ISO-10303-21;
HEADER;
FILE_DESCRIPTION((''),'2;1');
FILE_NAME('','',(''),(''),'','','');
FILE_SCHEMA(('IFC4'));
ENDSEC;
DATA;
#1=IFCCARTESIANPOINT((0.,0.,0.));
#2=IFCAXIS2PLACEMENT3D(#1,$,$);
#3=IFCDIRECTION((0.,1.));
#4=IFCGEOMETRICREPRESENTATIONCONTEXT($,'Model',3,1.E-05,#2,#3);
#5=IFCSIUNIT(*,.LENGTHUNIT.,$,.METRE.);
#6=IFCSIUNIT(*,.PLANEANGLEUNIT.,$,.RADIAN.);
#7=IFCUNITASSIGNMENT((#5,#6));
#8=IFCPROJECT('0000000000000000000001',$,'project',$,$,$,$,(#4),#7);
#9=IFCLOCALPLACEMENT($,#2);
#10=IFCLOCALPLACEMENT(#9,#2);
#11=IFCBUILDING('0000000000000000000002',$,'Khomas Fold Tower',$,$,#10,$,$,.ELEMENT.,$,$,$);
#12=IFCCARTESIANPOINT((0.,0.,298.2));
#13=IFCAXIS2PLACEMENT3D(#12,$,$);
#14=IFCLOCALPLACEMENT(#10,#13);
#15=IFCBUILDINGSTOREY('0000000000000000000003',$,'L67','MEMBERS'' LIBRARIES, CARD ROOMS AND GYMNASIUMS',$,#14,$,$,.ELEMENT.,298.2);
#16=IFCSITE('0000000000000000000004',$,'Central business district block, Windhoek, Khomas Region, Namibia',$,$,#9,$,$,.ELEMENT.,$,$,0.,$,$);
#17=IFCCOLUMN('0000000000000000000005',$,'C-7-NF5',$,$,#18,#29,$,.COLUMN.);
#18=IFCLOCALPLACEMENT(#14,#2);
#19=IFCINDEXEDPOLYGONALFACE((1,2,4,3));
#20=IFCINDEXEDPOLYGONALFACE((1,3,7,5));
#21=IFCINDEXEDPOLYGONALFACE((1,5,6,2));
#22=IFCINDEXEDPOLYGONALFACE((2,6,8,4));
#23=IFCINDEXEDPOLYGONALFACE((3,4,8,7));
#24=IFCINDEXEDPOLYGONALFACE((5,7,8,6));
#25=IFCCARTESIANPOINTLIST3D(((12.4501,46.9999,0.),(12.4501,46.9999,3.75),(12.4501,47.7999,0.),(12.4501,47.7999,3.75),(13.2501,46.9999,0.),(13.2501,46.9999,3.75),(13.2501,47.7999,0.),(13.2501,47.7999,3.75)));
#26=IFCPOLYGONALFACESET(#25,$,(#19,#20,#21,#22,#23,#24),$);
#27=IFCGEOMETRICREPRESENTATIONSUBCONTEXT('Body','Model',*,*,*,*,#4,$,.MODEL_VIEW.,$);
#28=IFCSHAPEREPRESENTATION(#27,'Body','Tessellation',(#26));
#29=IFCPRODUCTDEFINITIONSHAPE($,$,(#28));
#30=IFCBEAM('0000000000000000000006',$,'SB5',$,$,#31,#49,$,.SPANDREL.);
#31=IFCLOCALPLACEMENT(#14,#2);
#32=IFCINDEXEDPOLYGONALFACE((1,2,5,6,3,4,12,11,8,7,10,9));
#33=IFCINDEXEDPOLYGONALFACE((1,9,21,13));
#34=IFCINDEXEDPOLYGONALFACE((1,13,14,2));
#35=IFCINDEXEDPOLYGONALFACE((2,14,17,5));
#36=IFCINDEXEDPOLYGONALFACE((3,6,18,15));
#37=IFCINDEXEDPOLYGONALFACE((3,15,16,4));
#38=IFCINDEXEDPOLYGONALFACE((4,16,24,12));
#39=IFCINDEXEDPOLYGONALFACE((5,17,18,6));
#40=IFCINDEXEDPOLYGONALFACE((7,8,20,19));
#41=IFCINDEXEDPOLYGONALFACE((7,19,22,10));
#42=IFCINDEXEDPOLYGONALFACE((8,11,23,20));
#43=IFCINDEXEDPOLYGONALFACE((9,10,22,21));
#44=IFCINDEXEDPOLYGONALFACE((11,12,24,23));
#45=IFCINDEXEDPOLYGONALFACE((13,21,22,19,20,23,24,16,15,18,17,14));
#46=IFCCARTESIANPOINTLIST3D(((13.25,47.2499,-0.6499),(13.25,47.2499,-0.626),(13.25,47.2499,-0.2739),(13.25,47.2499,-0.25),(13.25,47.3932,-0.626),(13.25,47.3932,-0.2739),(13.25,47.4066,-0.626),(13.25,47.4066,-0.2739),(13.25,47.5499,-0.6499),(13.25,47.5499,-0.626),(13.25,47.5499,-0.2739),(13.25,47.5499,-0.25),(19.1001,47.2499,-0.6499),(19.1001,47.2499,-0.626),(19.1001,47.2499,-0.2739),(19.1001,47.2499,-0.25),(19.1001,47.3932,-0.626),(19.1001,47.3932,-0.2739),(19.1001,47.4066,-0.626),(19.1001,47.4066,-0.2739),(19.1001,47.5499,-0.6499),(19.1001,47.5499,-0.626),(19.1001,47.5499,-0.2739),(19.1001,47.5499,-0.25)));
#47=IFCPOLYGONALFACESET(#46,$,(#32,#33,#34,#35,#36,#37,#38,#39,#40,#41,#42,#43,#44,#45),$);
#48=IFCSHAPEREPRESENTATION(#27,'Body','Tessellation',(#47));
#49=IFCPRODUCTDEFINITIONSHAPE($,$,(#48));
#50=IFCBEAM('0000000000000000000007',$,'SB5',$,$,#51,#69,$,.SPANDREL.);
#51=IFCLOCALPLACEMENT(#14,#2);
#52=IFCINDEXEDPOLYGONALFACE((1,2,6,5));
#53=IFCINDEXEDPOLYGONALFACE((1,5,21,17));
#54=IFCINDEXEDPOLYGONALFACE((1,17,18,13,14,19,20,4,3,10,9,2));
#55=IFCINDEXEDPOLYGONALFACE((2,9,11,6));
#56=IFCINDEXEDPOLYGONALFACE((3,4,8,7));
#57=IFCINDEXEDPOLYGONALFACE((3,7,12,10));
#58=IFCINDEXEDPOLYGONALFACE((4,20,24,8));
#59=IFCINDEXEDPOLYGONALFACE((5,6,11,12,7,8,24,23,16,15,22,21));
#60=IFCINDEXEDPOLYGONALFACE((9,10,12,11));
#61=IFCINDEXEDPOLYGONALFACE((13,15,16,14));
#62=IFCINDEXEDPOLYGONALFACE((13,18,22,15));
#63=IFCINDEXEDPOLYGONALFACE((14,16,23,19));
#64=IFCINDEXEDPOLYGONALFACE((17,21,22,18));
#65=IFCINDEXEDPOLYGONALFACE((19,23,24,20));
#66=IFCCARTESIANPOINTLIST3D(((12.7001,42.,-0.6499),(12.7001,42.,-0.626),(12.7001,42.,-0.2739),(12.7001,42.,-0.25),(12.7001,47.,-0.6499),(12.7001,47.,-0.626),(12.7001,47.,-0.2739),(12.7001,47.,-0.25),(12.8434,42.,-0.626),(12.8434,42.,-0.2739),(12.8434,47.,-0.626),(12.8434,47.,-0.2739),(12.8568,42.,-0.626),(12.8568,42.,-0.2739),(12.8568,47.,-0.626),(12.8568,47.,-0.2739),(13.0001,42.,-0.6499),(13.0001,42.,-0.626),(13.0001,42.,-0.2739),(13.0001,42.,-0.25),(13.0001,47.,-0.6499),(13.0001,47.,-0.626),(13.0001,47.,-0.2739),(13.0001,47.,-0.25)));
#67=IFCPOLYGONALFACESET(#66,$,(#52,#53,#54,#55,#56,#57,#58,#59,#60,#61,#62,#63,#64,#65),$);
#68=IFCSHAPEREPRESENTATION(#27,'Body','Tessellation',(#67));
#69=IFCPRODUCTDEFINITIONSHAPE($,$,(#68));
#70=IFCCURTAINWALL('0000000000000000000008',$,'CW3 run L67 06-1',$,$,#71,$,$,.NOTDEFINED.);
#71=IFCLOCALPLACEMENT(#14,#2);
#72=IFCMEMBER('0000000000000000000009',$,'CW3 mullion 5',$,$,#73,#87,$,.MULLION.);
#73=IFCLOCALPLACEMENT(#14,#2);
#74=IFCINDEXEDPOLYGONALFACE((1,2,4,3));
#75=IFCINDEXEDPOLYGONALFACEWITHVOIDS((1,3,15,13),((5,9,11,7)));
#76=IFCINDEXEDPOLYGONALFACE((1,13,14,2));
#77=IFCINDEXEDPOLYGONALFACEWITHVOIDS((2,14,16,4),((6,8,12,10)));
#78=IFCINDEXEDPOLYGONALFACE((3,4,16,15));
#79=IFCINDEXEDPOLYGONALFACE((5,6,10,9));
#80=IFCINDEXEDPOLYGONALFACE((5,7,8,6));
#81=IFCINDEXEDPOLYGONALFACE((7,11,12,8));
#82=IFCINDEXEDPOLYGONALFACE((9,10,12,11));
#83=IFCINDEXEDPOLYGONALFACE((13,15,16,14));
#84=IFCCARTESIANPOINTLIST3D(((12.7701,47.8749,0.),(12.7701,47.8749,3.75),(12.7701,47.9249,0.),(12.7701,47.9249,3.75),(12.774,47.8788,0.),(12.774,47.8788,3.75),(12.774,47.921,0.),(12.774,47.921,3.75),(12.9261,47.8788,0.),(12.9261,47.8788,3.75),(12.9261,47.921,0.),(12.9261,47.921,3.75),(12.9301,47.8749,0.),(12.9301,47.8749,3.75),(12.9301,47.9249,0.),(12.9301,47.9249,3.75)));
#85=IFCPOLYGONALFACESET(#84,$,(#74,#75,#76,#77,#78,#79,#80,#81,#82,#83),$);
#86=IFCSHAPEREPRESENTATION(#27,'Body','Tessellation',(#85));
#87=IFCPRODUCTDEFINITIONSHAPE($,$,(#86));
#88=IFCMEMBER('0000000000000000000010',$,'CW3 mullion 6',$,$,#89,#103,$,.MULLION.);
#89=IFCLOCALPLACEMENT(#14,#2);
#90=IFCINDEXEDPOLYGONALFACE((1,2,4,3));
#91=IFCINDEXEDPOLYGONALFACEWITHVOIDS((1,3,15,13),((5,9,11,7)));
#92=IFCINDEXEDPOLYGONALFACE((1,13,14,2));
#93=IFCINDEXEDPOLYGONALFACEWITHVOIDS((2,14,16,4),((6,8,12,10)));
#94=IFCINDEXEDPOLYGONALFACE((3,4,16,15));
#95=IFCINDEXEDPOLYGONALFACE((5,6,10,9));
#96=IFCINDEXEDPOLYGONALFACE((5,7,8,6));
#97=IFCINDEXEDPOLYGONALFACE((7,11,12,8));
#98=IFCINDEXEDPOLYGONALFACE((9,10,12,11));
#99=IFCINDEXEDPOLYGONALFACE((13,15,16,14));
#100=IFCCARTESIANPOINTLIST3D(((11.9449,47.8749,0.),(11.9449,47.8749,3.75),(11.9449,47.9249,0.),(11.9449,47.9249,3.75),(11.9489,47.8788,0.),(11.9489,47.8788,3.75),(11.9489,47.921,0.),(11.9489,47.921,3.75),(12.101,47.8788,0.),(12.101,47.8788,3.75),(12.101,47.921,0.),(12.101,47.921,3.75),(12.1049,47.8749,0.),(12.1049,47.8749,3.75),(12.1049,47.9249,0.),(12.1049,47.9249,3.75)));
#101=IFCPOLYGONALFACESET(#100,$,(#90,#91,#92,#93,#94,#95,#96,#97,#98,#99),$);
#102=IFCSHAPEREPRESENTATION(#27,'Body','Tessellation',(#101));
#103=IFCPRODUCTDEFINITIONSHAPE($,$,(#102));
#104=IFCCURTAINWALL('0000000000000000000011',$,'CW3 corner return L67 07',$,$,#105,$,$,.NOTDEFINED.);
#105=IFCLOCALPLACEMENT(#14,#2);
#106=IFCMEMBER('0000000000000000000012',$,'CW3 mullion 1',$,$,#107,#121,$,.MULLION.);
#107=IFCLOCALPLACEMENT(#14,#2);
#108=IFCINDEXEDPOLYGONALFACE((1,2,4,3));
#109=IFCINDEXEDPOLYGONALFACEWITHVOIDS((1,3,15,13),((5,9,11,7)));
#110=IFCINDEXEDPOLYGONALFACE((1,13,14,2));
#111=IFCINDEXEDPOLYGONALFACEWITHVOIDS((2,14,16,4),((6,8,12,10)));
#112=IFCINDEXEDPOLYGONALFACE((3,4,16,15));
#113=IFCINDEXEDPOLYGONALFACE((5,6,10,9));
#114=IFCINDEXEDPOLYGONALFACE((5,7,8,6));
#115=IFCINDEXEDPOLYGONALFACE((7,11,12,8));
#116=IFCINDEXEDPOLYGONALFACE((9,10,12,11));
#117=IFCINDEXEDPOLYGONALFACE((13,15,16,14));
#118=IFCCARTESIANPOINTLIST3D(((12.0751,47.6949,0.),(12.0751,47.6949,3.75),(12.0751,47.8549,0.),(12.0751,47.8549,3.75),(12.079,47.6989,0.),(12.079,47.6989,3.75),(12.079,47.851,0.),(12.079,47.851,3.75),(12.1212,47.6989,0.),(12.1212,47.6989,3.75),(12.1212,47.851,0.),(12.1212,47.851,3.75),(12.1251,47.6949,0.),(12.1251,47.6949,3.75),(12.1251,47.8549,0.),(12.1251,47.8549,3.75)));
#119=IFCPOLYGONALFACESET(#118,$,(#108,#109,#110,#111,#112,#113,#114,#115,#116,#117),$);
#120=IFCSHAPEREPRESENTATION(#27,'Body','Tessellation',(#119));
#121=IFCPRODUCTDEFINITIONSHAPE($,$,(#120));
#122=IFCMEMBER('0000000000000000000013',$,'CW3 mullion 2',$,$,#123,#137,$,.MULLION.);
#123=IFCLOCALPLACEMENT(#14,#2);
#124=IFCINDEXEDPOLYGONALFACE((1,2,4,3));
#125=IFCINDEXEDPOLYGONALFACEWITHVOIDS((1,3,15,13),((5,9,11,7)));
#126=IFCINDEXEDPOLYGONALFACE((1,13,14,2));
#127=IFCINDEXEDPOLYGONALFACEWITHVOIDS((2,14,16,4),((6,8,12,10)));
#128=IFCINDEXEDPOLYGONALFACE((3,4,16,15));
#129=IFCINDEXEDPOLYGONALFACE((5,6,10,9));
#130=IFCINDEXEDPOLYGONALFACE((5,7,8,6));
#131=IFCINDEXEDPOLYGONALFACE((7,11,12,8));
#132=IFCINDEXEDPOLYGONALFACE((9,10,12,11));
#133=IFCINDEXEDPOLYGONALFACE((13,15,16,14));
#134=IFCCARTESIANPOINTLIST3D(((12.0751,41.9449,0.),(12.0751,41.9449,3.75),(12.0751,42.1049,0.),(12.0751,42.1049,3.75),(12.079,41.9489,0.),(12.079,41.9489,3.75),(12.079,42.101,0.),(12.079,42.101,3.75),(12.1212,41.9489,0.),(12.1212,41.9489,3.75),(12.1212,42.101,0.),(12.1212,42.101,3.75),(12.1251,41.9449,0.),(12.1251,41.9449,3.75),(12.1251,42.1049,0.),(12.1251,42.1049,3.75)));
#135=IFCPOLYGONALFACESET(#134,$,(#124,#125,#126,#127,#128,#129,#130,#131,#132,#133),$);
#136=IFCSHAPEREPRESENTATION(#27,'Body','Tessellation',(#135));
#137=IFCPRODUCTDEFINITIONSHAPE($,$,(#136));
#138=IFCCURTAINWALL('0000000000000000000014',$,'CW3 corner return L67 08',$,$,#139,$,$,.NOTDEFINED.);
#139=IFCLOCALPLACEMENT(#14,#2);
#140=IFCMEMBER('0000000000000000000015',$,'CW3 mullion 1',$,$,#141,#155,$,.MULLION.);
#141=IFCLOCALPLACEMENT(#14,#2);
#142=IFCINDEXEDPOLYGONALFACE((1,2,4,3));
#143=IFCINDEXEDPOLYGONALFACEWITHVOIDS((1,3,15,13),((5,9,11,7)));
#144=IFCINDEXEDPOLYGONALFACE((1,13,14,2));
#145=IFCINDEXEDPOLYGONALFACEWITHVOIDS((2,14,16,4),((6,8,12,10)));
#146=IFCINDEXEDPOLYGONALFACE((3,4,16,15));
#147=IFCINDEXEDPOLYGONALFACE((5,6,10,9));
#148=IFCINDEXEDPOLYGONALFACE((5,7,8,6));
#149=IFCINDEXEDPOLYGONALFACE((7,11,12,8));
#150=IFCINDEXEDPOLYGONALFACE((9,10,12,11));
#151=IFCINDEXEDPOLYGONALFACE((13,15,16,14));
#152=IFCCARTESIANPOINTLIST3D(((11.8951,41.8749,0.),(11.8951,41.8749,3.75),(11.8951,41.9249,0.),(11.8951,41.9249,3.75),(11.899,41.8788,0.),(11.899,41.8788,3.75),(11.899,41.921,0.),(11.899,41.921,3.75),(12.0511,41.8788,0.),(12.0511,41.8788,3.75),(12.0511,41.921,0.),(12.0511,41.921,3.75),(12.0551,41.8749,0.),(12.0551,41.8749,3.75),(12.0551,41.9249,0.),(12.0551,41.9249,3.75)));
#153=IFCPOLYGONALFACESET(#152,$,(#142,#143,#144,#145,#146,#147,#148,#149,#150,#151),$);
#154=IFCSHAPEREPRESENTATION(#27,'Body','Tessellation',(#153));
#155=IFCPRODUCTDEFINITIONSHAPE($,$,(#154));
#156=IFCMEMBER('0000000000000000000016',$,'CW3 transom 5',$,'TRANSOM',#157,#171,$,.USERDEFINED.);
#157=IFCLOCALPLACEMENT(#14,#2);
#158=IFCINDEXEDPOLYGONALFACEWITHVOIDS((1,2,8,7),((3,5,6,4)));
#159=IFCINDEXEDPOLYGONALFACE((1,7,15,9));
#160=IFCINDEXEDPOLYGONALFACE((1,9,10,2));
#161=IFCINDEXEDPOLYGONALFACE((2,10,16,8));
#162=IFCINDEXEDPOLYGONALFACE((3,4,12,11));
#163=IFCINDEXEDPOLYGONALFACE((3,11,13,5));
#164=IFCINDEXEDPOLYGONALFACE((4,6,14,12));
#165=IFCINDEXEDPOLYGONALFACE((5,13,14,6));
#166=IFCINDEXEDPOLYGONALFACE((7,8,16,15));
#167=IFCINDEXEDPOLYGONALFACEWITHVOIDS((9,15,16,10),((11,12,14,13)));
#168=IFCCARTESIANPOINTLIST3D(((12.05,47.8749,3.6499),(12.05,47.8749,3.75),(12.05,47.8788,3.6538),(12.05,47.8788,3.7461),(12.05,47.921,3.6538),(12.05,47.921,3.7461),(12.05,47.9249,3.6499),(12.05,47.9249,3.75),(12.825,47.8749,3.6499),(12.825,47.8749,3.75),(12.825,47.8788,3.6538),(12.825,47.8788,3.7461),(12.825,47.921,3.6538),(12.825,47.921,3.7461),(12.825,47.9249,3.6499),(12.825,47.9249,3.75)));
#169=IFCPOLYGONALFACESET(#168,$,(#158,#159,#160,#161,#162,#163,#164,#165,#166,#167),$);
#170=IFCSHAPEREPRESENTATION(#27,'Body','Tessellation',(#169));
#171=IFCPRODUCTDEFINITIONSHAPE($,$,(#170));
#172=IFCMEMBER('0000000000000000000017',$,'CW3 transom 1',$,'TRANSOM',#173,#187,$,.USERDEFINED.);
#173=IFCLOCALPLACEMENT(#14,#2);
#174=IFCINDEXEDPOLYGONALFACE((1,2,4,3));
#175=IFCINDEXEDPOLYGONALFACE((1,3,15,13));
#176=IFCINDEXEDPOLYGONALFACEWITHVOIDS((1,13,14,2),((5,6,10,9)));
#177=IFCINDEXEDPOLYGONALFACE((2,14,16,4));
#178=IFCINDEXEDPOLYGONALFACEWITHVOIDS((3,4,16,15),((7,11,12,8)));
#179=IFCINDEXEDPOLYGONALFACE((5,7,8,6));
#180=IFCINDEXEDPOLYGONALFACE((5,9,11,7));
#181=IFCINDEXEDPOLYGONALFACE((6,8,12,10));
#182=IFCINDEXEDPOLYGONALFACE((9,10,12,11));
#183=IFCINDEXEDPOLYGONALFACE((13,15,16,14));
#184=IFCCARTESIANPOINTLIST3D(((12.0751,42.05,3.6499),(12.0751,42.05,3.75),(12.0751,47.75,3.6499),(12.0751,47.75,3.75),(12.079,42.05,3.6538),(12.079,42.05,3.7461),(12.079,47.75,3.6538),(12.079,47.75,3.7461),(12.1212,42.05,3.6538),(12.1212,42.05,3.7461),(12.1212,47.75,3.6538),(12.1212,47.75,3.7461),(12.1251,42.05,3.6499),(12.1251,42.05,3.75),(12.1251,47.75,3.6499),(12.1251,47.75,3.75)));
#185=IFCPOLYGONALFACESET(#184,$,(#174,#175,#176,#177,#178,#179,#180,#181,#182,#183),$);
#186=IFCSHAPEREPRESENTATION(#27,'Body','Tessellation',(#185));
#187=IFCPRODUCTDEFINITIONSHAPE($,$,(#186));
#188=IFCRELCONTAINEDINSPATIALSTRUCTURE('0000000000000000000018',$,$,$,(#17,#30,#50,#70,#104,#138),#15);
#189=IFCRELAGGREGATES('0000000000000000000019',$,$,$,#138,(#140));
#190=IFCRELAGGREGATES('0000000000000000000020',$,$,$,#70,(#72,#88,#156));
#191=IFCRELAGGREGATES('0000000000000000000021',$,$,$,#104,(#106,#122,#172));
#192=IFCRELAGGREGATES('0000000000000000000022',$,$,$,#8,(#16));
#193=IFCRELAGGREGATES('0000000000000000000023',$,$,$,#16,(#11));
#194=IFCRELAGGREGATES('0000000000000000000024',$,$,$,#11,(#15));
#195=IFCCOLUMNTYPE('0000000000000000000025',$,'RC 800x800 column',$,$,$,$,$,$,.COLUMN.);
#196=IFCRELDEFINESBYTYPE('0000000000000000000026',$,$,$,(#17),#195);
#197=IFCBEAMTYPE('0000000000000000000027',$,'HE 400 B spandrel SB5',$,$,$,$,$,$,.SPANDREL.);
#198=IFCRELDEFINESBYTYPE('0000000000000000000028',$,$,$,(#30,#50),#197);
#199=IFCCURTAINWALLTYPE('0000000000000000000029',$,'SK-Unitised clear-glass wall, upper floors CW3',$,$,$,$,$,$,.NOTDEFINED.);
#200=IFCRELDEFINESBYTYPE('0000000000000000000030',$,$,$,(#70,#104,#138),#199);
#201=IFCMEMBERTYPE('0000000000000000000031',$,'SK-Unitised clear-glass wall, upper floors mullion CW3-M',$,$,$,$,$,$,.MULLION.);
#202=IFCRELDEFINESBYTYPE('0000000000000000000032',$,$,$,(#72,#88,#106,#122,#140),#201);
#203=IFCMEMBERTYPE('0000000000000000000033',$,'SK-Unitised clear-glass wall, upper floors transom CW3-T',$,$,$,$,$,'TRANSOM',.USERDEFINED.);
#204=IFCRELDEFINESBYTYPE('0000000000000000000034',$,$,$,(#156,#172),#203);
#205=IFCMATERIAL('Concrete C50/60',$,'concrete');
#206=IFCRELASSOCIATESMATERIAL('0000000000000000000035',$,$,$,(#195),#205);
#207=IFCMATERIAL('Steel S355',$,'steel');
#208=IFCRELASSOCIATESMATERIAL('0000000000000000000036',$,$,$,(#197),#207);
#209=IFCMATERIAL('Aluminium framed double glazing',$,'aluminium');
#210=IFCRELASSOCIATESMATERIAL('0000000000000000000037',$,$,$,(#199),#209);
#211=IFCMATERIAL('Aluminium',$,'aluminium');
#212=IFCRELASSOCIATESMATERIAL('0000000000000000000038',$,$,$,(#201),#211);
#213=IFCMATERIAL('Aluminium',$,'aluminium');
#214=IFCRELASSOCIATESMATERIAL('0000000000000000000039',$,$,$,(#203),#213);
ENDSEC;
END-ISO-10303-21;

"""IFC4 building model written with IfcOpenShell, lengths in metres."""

from ifc_helpers import new_model, si_unit, direction, frame, origin, origin_2d, place, context, subcontext, project, spatial, rectangle, hollow_rectangle, i_section, extrude, source, transform, mapped, material, material_profile, profile_set, type_object, element, aggregate, save


model = new_model("IFC4")

# Units and contexts
model_context = context("Model", 3, precision=1e-05, world=origin(), true_north=direction((0.0, 1.0)))
body_context = subcontext(model_context, "Body", "Model", "MODEL_VIEW")
ifc_project = project(units=[si_unit("LENGTHUNIT", "METRE"), si_unit("PLANEANGLEUNIT", "RADIAN")], contexts=[model_context])

# Site, building, storey
site_placement = place(None, origin())
site = spatial("IfcSite", under=ifc_project, at=site_placement, Name="Central business district block, Windhoek, Khomas Region, Namibia", CompositionType="ELEMENT", RefElevation=0.0)
building_placement = place(site_placement, origin())
building = spatial("IfcBuilding", under=site, at=building_placement, Name="Khomas Fold Tower", CompositionType="ELEMENT")
storey_placement = place(building_placement, frame((0.0, 0.0, 298.2)))
storey = spatial("IfcBuildingStorey", under=building, at=storey_placement, Name="L67", Description="MEMBERS' LIBRARIES, CARD ROOMS AND GYMNASIUMS", CompositionType="ELEMENT", Elevation=298.2)

# Column
ifc_material_1 = material(Name="Concrete C50/60", Category="concrete")
ifc_material_profile_1 = material_profile(ifc_material_1, rectangle(XDim=0.8, YDim=0.8, at=origin_2d()), Name="RC 800x800")
ifc_profile_set_1 = profile_set([ifc_material_profile_1], Name="Concrete C50/60")
column_type = type_object("IfcColumnType", Name="RC 800x800 column", PredefinedType="COLUMN", material=ifc_profile_set_1)
shared_shape_1 = source(origin(), body_context, "Body", "SweptSolid", [
    extrude(rectangle(XDim=0.8, YDim=0.8, at=origin_2d()), origin(), (0.0, 0.0, 1.0), 3.75),
])
column_placement = place(storey_placement, frame((12.8501, 47.3999, 0.0), z_axis=(0.0, 0.0, 1.0), x_axis=(1.0, 0.0, 0.0)))
element("IfcColumn", 1, at=column_placement, inside=storey, type_object=column_type, Name="C-7-NF5", PredefinedType="COLUMN", context=body_context, shape_type="MappedRepresentation", body=[
    mapped(shared_shape_1, transform((0.0, 0.0, 0.0))),
])

# Beams
ifc_material_2 = material(Name="Steel S355", Category="steel")
ifc_material_profile_2 = material_profile(ifc_material_2, i_section(OverallWidth=0.3, OverallDepth=0.3999, WebThickness=0.0134, FlangeThickness=0.0239, at=origin_2d()), Name="HE 400 B")
ifc_profile_set_2 = profile_set([ifc_material_profile_2], Name="Steel S355")
beam_type = type_object("IfcBeamType", Name="HE 400 B spandrel SB5", PredefinedType="SPANDREL", material=ifc_profile_set_2)
shared_shape_2 = source(origin(), body_context, "Body", "SweptSolid", [
    extrude(i_section(OverallWidth=0.3, OverallDepth=0.3999, WebThickness=0.0134, FlangeThickness=0.0239, at=origin_2d()), origin(), (0.0, 0.0, 1.0), 5.8501),
])
beam_1_placement = place(storey_placement, frame((13.25, 47.3999, -0.45), z_axis=(1.0, 0.0, 0.0), x_axis=(0.0, 1.0, 0.0)))
element("IfcBeam", 2, at=beam_1_placement, inside=storey, type_object=beam_type, Name="SB5", PredefinedType="SPANDREL", context=body_context, shape_type="MappedRepresentation", body=[
    mapped(shared_shape_2, transform((0.0, 0.0, 0.0))),
])
shared_shape_3 = source(origin(), body_context, "Body", "SweptSolid", [
    extrude(i_section(OverallWidth=0.3, OverallDepth=0.3999, WebThickness=0.0134, FlangeThickness=0.0239, at=origin_2d()), origin(), (0.0, 0.0, 1.0), 5.0),
])
beam_2_placement = place(storey_placement, frame((12.8501, 42.0, -0.45), z_axis=(0.0, 1.0, 0.0), x_axis=(-1.0, 0.0, 0.0)))
element("IfcBeam", 3, at=beam_2_placement, inside=storey, type_object=beam_type, Name="SB5", PredefinedType="SPANDREL", context=body_context, shape_type="MappedRepresentation", body=[
    mapped(shared_shape_3, transform((0.0, 0.0, 0.0))),
])

# Curtain walls, members
ifc_material_3 = material(Name="Aluminium framed double glazing", Category="aluminium")
curtain_wall_type = type_object("IfcCurtainWallType", Name="SK-Unitised clear-glass wall, upper floors CW3", PredefinedType="NOTDEFINED", material=ifc_material_3)
curtain_wall_1_placement = place(storey_placement, origin())
curtain_wall_1 = element("IfcCurtainWall", 4, at=curtain_wall_1_placement, inside=storey, type_object=curtain_wall_type, Name="CW3 run L67 06-1", PredefinedType="NOTDEFINED")
ifc_material_4 = material(Name="Aluminium", Category="aluminium")
ifc_material_profile_3 = material_profile(ifc_material_4, hollow_rectangle(XDim=0.05, YDim=0.1599, WallThickness=0.0039, at=origin_2d()), Name="SK-Unitised clear-glass wall, upper floors mullion CW3-M")
ifc_profile_set_3 = profile_set([ifc_material_profile_3], Name="Aluminium")
member_type_1 = type_object("IfcMemberType", Name="SK-Unitised clear-glass wall, upper floors mullion CW3-M", PredefinedType="MULLION", material=ifc_profile_set_3)
shared_shape_4 = source(origin(), body_context, "Body", "SweptSolid", [
    extrude(hollow_rectangle(XDim=0.05, YDim=0.1599, WallThickness=0.0039, at=origin_2d()), origin(), (0.0, 0.0, 1.0), 3.75),
])
member_1_placement = place(storey_placement, frame((12.8501, 47.8999, 0.0), z_axis=(0.0, 0.0, 1.0), x_axis=(0.0, -1.0, 0.0)))
member_1 = element("IfcMember", 5, at=member_1_placement, type_object=member_type_1, Name="CW3 mullion 5", PredefinedType="MULLION", context=body_context, shape_type="MappedRepresentation", body=[
    mapped(shared_shape_4, transform((0.0, 0.0, 0.0))),
])
member_2_placement = place(storey_placement, frame((12.0249, 47.8999, 0.0), z_axis=(0.0, 0.0, 1.0), x_axis=(0.0, -1.0, 0.0)))
member_2 = element("IfcMember", 6, at=member_2_placement, type_object=member_type_1, Name="CW3 mullion 6", PredefinedType="MULLION", context=body_context, shape_type="MappedRepresentation", body=[
    mapped(shared_shape_4, transform((0.0, 0.0, 0.0))),
])
curtain_wall_2_placement = place(storey_placement, origin())
curtain_wall_2 = element("IfcCurtainWall", 7, at=curtain_wall_2_placement, inside=storey, type_object=curtain_wall_type, Name="CW3 corner return L67 07", PredefinedType="NOTDEFINED")
member_3_placement = place(storey_placement, frame((12.1001, 47.7749, 0.0), z_axis=(0.0, 0.0, 1.0), x_axis=(1.0, 0.0, 0.0)))
member_3 = element("IfcMember", 8, at=member_3_placement, type_object=member_type_1, Name="CW3 mullion 1", PredefinedType="MULLION", context=body_context, shape_type="MappedRepresentation", body=[
    mapped(shared_shape_4, transform((0.0, 0.0, 0.0))),
])
member_4_placement = place(storey_placement, frame((12.1001, 42.0249, 0.0), z_axis=(0.0, 0.0, 1.0), x_axis=(1.0, 0.0, 0.0)))
member_4 = element("IfcMember", 9, at=member_4_placement, type_object=member_type_1, Name="CW3 mullion 2", PredefinedType="MULLION", context=body_context, shape_type="MappedRepresentation", body=[
    mapped(shared_shape_4, transform((0.0, 0.0, 0.0))),
])

# Curtain wall, member
curtain_wall_3_placement = place(storey_placement, origin())
curtain_wall_3 = element("IfcCurtainWall", 10, at=curtain_wall_3_placement, inside=storey, type_object=curtain_wall_type, Name="CW3 corner return L67 08", PredefinedType="NOTDEFINED")
member_5_placement = place(storey_placement, frame((11.9751, 41.8999, 0.0), z_axis=(0.0, 0.0, 1.0), x_axis=(0.0, -1.0, 0.0)))
member_5 = element("IfcMember", 11, at=member_5_placement, type_object=member_type_1, Name="CW3 mullion 1", PredefinedType="MULLION", context=body_context, shape_type="MappedRepresentation", body=[
    mapped(shared_shape_4, transform((0.0, 0.0, 0.0))),
])

# Members
ifc_material_5 = material(Name="Aluminium", Category="aluminium")
ifc_material_profile_4 = material_profile(ifc_material_5, hollow_rectangle(XDim=0.05, YDim=0.1001, WallThickness=0.0039, at=origin_2d()), Name="SK-Unitised clear-glass wall, upper floors transom CW3-T")
ifc_profile_set_4 = profile_set([ifc_material_profile_4], Name="Aluminium")
member_type_2 = type_object("IfcMemberType", Name="SK-Unitised clear-glass wall, upper floors transom CW3-T", ElementType="TRANSOM", PredefinedType="USERDEFINED", material=ifc_profile_set_4)
shared_shape_5 = source(origin(), body_context, "Body", "SweptSolid", [
    extrude(hollow_rectangle(XDim=0.05, YDim=0.1001, WallThickness=0.0039, at=origin_2d()), origin(), (0.0, 0.0, 1.0), 0.7749),
])
member_6_placement = place(storey_placement, frame((12.825, 47.8999, 3.7), z_axis=(-1.0, 0.0, 0.0), x_axis=(0.0, -1.0, 0.0)))
member_6 = element("IfcMember", 12, at=member_6_placement, type_object=member_type_2, Name="CW3 transom 5", ObjectType="TRANSOM", PredefinedType="USERDEFINED", context=body_context, shape_type="MappedRepresentation", body=[
    mapped(shared_shape_5, transform((0.0, 0.0, 0.0))),
])
shared_shape_6 = source(origin(), body_context, "Body", "SweptSolid", [
    extrude(hollow_rectangle(XDim=0.05, YDim=0.1001, WallThickness=0.0039, at=origin_2d()), origin(), (0.0, 0.0, 1.0), 5.7),
])
member_7_placement = place(storey_placement, frame((12.1001, 47.75, 3.7), z_axis=(0.0, -1.0, 0.0), x_axis=(1.0, 0.0, 0.0)))
member_7 = element("IfcMember", 13, at=member_7_placement, type_object=member_type_2, Name="CW3 transom 1", ObjectType="TRANSOM", PredefinedType="USERDEFINED", context=body_context, shape_type="MappedRepresentation", body=[
    mapped(shared_shape_6, transform((0.0, 0.0, 0.0))),
])
aggregate(curtain_wall_3, [member_5])

aggregate(curtain_wall_1, [member_1, member_2, member_6])
aggregate(curtain_wall_2, [member_3, member_4, member_7])

save(model, "model.ifc")
